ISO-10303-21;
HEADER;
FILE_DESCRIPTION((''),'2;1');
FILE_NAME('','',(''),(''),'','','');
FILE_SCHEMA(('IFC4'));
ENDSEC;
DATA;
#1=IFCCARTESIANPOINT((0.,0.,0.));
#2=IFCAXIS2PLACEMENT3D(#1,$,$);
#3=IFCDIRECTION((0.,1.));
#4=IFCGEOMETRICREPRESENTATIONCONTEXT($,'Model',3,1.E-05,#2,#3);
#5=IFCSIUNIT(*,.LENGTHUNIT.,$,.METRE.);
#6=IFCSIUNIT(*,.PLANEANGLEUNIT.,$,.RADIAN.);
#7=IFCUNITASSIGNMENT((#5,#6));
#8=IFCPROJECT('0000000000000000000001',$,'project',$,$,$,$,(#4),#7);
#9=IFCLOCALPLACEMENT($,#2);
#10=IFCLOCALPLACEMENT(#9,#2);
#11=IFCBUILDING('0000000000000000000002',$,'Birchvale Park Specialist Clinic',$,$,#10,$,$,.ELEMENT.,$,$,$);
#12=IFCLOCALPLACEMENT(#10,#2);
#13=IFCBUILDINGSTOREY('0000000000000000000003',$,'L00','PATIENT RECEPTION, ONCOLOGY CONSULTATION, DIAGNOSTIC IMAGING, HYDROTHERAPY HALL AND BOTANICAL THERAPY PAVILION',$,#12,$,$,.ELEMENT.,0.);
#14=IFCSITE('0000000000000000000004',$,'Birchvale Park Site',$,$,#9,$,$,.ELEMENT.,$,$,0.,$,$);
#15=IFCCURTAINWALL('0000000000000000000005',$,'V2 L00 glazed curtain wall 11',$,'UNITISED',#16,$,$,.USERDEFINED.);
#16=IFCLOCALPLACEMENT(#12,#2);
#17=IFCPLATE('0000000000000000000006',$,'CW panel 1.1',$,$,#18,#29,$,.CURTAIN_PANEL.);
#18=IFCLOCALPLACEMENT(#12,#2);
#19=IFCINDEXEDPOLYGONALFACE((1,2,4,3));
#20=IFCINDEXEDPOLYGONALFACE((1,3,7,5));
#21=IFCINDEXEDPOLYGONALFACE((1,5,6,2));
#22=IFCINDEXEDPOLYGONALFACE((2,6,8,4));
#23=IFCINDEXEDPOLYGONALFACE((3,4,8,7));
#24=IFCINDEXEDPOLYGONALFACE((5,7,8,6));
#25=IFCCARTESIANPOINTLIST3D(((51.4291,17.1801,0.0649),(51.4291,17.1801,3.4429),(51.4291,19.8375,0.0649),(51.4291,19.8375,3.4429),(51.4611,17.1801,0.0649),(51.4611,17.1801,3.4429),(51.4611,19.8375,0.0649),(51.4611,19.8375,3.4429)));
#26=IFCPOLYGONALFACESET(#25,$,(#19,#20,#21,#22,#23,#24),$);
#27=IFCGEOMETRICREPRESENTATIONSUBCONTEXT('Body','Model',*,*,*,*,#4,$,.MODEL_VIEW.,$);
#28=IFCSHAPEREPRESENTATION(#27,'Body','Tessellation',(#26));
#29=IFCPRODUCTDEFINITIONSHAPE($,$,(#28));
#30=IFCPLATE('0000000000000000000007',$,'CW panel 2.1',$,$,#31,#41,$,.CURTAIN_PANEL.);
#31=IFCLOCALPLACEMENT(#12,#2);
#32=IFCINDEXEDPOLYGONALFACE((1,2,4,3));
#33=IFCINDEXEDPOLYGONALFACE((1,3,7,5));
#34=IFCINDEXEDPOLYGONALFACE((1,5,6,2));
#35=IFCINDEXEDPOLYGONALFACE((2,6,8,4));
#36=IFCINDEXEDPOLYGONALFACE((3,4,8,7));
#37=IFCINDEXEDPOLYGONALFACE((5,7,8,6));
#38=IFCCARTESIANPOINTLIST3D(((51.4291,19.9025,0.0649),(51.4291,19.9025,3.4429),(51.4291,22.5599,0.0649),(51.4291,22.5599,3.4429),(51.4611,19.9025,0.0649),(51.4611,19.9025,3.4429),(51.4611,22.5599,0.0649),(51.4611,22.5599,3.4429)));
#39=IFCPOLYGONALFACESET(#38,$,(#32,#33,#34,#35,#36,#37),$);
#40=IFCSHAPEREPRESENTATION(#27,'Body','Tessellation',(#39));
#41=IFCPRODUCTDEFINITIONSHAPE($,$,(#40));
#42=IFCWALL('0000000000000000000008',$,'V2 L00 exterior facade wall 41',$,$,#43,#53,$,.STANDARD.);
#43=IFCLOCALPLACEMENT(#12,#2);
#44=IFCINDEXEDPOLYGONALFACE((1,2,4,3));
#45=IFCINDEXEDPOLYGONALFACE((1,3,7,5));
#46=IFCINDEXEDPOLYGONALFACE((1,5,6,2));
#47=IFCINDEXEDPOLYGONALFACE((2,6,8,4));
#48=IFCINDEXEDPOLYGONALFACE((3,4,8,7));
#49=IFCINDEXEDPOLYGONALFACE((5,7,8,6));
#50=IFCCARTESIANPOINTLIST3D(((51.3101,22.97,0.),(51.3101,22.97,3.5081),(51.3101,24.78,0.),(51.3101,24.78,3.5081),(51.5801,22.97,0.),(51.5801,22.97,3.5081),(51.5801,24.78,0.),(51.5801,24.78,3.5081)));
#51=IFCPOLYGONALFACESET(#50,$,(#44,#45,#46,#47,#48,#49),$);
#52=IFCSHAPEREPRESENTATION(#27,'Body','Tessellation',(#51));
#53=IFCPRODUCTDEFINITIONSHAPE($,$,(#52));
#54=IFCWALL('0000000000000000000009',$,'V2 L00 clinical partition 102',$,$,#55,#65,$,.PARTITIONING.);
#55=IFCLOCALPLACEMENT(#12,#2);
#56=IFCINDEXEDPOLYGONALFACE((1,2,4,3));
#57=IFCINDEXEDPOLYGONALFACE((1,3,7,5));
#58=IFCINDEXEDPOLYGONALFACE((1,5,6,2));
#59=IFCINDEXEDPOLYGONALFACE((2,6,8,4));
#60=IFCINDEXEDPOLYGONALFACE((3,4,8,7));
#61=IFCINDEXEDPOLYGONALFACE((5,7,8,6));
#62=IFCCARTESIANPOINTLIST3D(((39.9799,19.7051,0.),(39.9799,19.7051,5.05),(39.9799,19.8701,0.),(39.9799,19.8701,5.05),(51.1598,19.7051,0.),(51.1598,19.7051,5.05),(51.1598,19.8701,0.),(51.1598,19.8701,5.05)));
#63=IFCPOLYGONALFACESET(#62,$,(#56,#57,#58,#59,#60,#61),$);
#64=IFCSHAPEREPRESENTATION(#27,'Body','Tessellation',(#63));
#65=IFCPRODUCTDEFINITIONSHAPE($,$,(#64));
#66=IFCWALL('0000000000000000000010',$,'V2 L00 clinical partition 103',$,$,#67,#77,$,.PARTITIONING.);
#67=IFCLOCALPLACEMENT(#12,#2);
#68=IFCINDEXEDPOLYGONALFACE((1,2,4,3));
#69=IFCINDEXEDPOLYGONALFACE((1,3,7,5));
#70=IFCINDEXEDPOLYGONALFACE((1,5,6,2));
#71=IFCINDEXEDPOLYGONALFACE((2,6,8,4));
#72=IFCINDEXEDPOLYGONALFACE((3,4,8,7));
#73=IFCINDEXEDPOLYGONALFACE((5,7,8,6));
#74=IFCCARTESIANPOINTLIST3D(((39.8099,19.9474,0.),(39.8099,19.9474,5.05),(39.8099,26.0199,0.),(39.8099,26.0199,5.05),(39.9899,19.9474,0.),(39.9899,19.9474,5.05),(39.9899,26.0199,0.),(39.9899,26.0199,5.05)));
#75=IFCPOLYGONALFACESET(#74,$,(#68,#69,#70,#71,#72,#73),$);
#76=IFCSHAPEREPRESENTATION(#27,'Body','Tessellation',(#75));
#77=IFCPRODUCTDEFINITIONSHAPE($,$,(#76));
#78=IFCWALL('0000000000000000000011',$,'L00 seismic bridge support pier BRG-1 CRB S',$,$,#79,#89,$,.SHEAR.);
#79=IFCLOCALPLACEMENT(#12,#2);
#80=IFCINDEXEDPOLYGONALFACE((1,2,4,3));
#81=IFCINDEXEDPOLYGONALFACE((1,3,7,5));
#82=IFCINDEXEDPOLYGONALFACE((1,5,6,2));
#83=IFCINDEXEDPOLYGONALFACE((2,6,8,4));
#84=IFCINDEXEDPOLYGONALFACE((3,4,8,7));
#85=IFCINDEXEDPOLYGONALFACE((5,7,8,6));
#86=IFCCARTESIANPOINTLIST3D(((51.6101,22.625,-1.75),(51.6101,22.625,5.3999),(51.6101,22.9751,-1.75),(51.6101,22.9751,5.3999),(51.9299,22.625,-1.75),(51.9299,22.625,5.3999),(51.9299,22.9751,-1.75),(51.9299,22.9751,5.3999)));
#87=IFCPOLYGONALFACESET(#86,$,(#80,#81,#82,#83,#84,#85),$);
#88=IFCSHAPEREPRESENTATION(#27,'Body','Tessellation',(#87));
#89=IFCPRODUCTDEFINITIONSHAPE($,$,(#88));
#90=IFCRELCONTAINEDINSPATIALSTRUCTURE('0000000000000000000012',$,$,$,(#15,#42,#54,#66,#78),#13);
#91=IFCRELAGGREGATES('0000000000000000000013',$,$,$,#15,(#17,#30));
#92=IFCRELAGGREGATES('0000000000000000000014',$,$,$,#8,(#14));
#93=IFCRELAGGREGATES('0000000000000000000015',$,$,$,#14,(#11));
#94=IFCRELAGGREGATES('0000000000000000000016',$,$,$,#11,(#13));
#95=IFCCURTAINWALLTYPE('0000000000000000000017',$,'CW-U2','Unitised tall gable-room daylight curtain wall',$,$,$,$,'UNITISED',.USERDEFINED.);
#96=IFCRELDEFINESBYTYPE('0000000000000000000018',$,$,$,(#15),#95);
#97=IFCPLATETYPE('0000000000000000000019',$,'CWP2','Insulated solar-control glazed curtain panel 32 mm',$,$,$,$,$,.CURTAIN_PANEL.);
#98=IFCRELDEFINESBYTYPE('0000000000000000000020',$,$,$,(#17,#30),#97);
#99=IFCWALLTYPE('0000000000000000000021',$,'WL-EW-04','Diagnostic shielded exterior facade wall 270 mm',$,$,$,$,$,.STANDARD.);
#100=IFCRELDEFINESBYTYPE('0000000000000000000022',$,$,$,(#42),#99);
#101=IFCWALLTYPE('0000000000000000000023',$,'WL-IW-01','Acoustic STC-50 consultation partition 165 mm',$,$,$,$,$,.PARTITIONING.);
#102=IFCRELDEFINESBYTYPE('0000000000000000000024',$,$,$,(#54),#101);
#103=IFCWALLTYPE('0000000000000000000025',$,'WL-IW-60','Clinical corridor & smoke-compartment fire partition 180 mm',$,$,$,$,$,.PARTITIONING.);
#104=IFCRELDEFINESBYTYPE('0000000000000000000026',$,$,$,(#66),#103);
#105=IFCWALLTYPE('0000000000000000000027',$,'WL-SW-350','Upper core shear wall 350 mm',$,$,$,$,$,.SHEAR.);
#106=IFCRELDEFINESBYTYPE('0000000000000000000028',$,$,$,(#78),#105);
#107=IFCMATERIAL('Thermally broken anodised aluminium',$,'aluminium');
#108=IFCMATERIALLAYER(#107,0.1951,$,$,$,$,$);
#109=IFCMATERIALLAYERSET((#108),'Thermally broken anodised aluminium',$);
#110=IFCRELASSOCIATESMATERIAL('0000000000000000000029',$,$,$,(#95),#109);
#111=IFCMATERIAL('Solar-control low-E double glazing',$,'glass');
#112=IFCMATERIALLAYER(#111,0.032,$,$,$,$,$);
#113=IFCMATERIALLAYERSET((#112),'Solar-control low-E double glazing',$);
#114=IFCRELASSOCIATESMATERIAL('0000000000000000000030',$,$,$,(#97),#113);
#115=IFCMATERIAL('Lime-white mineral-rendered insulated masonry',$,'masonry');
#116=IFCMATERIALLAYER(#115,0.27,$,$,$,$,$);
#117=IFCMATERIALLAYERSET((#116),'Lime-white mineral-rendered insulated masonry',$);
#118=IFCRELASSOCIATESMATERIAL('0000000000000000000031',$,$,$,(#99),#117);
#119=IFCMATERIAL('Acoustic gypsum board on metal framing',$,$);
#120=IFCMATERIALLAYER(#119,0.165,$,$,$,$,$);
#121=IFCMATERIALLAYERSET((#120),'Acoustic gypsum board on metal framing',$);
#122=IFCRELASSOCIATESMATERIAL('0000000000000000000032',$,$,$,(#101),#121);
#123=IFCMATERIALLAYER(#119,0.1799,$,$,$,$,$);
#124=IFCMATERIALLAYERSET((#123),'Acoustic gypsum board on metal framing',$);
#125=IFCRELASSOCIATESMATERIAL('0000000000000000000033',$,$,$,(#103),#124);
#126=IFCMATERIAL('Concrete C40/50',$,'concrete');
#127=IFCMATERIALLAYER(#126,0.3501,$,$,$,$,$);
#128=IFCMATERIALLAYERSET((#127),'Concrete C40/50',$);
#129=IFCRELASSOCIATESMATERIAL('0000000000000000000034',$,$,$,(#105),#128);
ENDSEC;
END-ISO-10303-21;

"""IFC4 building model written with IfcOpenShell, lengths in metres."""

from ifc_helpers import new_model, si_unit, direction, frame, frame_2d, origin, origin_2d, place, context, subcontext, project, spatial, rectangle, extrude, material, layer, layer_set, type_object, element, aggregate, save


model = new_model("IFC4")

# Units and contexts
model_context = context("Model", 3, precision=1e-05, world=origin(), true_north=direction((0.0, 1.0)))
body_context = subcontext(model_context, "Body", "Model", "MODEL_VIEW")
ifc_project = project(units=[si_unit("LENGTHUNIT", "METRE"), si_unit("PLANEANGLEUNIT", "RADIAN")], contexts=[model_context])

# Site, building, storey
site_placement = place(None, origin())
site = spatial("IfcSite", under=ifc_project, at=site_placement, Name="Birchvale Park Site", CompositionType="ELEMENT", RefElevation=0.0)
building_placement = place(site_placement, origin())
building = spatial("IfcBuilding", under=site, at=building_placement, Name="Birchvale Park Specialist Clinic", CompositionType="ELEMENT")
storey_placement = place(building_placement, origin())
storey = spatial("IfcBuildingStorey", under=building, at=storey_placement, Name="L00", Description="PATIENT RECEPTION, ONCOLOGY CONSULTATION, DIAGNOSTIC IMAGING, HYDROTHERAPY HALL AND BOTANICAL THERAPY PAVILION", CompositionType="ELEMENT", Elevation=0.0)

# Shared definitions
ifc_material_1 = material(Name="Concrete C40/50", Category="concrete")

# Curtain wall
ifc_material_2 = material(Name="Thermally broken anodised aluminium", Category="aluminium")
ifc_layer_1 = layer(ifc_material_2, 0.1951)
ifc_layer_set_1 = layer_set([ifc_layer_1], Name="Thermally broken anodised aluminium")
curtain_wall_type = type_object("IfcCurtainWallType", Name="CW-U2", Description="Unitised tall gable-room daylight curtain wall", ElementType="UNITISED", PredefinedType="USERDEFINED", material=ifc_layer_set_1)
curtain_wall_placement = place(storey_placement, origin())
curtain_wall = element("IfcCurtainWall", 1, at=curtain_wall_placement, inside=storey, type_object=curtain_wall_type, Name="V2 L00 glazed curtain wall 11", ObjectType="UNITISED", PredefinedType="USERDEFINED")

# Plates
ifc_material_3 = material(Name="Solar-control low-E double glazing", Category="glass")
ifc_layer_2 = layer(ifc_material_3, 0.032)
ifc_layer_set_2 = layer_set([ifc_layer_2], Name="Solar-control low-E double glazing")
plate_type = type_object("IfcPlateType", Name="CWP2", Description="Insulated solar-control glazed curtain panel 32 mm", PredefinedType="CURTAIN_PANEL", material=ifc_layer_set_2)
plate_1_placement = place(storey_placement, frame((51.4451, 18.5088, 0.0649), z_axis=(0.0, 0.0, 1.0), x_axis=(0.0, 1.0, 0.0)))
plate_1 = element("IfcPlate", 2, at=plate_1_placement, type_object=plate_type, Name="CW panel 1.1", PredefinedType="CURTAIN_PANEL", context=body_context, shape_type="SweptSolid", body=[
    extrude(rectangle(XDim=2.6575, YDim=0.032, at=origin_2d()), origin(), (0.0, 0.0, 1.0), 3.3779),
])
plate_2_placement = place(storey_placement, frame((51.4451, 21.2312, 0.0649), z_axis=(0.0, 0.0, 1.0), x_axis=(0.0, 1.0, 0.0)))
plate_2 = element("IfcPlate", 3, at=plate_2_placement, type_object=plate_type, Name="CW panel 2.1", PredefinedType="CURTAIN_PANEL", context=body_context, shape_type="SweptSolid", body=[
    extrude(rectangle(XDim=2.6575, YDim=0.032, at=origin_2d()), origin(), (0.0, 0.0, 1.0), 3.3779),
])
aggregate(curtain_wall, [plate_1, plate_2])

# Walls
ifc_material_4 = material(Name="Lime-white mineral-rendered insulated masonry", Category="masonry")
ifc_layer_3 = layer(ifc_material_4, 0.27)
ifc_layer_set_3 = layer_set([ifc_layer_3], Name="Lime-white mineral-rendered insulated masonry")
wall_type_1 = type_object("IfcWallType", Name="WL-EW-04", Description="Diagnostic shielded exterior facade wall 270 mm", PredefinedType="STANDARD", material=ifc_layer_set_3)
wall_1_placement = place(storey_placement, frame((51.4451, 22.97, 0.0), z_axis=(0.0, 0.0, 1.0), x_axis=(0.0, 1.0, 0.0)))
element("IfcWall", 4, at=wall_1_placement, inside=storey, type_object=wall_type_1, Name="V2 L00 exterior facade wall 41", PredefinedType="STANDARD", context=body_context, shape_type="SweptSolid", body=[
    extrude(rectangle(XDim=1.8101, YDim=0.27, at=frame_2d((0.905, 0.0))), origin(), (0.0, 0.0, 1.0), 3.5081),
])
ifc_material_5 = material(Name="Acoustic gypsum board on metal framing")
ifc_layer_4 = layer(ifc_material_5, 0.165)
ifc_layer_set_4 = layer_set([ifc_layer_4], Name="Acoustic gypsum board on metal framing")
wall_type_2 = type_object("IfcWallType", Name="WL-IW-01", Description="Acoustic STC-50 consultation partition 165 mm", PredefinedType="PARTITIONING", material=ifc_layer_set_4)
wall_2_placement = place(storey_placement, frame((39.98, 19.7876, 0.0), z_axis=(0.0, 0.0, 1.0), x_axis=(1.0, 0.0, 0.0)))
element("IfcWall", 5, at=wall_2_placement, inside=storey, type_object=wall_type_2, Name="V2 L00 clinical partition 102", PredefinedType="PARTITIONING", context=body_context, shape_type="SweptSolid", body=[
    extrude(rectangle(XDim=11.1799, YDim=0.165, at=frame_2d((5.5898, 0.0))), origin(), (0.0, 0.0, 1.0), 5.05),
])
ifc_layer_5 = layer(ifc_material_5, 0.1799)
ifc_layer_set_5 = layer_set([ifc_layer_5], Name="Acoustic gypsum board on metal framing")
wall_type_3 = type_object("IfcWallType", Name="WL-IW-60", Description="Clinical corridor & smoke-compartment fire partition 180 mm", PredefinedType="PARTITIONING", material=ifc_layer_set_5)
wall_3_placement = place(storey_placement, frame((39.8999, 19.9475, 0.0), z_axis=(0.0, 0.0, 1.0), x_axis=(0.0, 1.0, 0.0)))
element("IfcWall", 6, at=wall_3_placement, inside=storey, type_object=wall_type_3, Name="V2 L00 clinical partition 103", PredefinedType="PARTITIONING", context=body_context, shape_type="SweptSolid", body=[
    extrude(rectangle(XDim=6.0725, YDim=0.1799, at=frame_2d((3.0361, 0.0))), origin(), (0.0, 0.0, 1.0), 5.05),
])
ifc_layer_6 = layer(ifc_material_1, 0.3501)
ifc_layer_set_6 = layer_set([ifc_layer_6], Name="Concrete C40/50")
wall_type_4 = type_object("IfcWallType", Name="WL-SW-350", Description="Upper core shear wall 350 mm", PredefinedType="SHEAR", material=ifc_layer_set_6)
wall_4_placement = place(storey_placement, frame((51.6101, 22.8, -1.75), z_axis=(0.0, 0.0, 1.0), x_axis=(1.0, 0.0, 0.0)))
element("IfcWall", 7, at=wall_4_placement, inside=storey, type_object=wall_type_4, Name="L00 seismic bridge support pier BRG-1 CRB S", PredefinedType="SHEAR", context=body_context, shape_type="SweptSolid", body=[
    extrude(rectangle(XDim=0.3198, YDim=0.3501, at=frame_2d((0.1599, 0.0))), origin(), (0.0, 0.0, 1.0), 7.1499),
])

save(model, "model.ifc")
